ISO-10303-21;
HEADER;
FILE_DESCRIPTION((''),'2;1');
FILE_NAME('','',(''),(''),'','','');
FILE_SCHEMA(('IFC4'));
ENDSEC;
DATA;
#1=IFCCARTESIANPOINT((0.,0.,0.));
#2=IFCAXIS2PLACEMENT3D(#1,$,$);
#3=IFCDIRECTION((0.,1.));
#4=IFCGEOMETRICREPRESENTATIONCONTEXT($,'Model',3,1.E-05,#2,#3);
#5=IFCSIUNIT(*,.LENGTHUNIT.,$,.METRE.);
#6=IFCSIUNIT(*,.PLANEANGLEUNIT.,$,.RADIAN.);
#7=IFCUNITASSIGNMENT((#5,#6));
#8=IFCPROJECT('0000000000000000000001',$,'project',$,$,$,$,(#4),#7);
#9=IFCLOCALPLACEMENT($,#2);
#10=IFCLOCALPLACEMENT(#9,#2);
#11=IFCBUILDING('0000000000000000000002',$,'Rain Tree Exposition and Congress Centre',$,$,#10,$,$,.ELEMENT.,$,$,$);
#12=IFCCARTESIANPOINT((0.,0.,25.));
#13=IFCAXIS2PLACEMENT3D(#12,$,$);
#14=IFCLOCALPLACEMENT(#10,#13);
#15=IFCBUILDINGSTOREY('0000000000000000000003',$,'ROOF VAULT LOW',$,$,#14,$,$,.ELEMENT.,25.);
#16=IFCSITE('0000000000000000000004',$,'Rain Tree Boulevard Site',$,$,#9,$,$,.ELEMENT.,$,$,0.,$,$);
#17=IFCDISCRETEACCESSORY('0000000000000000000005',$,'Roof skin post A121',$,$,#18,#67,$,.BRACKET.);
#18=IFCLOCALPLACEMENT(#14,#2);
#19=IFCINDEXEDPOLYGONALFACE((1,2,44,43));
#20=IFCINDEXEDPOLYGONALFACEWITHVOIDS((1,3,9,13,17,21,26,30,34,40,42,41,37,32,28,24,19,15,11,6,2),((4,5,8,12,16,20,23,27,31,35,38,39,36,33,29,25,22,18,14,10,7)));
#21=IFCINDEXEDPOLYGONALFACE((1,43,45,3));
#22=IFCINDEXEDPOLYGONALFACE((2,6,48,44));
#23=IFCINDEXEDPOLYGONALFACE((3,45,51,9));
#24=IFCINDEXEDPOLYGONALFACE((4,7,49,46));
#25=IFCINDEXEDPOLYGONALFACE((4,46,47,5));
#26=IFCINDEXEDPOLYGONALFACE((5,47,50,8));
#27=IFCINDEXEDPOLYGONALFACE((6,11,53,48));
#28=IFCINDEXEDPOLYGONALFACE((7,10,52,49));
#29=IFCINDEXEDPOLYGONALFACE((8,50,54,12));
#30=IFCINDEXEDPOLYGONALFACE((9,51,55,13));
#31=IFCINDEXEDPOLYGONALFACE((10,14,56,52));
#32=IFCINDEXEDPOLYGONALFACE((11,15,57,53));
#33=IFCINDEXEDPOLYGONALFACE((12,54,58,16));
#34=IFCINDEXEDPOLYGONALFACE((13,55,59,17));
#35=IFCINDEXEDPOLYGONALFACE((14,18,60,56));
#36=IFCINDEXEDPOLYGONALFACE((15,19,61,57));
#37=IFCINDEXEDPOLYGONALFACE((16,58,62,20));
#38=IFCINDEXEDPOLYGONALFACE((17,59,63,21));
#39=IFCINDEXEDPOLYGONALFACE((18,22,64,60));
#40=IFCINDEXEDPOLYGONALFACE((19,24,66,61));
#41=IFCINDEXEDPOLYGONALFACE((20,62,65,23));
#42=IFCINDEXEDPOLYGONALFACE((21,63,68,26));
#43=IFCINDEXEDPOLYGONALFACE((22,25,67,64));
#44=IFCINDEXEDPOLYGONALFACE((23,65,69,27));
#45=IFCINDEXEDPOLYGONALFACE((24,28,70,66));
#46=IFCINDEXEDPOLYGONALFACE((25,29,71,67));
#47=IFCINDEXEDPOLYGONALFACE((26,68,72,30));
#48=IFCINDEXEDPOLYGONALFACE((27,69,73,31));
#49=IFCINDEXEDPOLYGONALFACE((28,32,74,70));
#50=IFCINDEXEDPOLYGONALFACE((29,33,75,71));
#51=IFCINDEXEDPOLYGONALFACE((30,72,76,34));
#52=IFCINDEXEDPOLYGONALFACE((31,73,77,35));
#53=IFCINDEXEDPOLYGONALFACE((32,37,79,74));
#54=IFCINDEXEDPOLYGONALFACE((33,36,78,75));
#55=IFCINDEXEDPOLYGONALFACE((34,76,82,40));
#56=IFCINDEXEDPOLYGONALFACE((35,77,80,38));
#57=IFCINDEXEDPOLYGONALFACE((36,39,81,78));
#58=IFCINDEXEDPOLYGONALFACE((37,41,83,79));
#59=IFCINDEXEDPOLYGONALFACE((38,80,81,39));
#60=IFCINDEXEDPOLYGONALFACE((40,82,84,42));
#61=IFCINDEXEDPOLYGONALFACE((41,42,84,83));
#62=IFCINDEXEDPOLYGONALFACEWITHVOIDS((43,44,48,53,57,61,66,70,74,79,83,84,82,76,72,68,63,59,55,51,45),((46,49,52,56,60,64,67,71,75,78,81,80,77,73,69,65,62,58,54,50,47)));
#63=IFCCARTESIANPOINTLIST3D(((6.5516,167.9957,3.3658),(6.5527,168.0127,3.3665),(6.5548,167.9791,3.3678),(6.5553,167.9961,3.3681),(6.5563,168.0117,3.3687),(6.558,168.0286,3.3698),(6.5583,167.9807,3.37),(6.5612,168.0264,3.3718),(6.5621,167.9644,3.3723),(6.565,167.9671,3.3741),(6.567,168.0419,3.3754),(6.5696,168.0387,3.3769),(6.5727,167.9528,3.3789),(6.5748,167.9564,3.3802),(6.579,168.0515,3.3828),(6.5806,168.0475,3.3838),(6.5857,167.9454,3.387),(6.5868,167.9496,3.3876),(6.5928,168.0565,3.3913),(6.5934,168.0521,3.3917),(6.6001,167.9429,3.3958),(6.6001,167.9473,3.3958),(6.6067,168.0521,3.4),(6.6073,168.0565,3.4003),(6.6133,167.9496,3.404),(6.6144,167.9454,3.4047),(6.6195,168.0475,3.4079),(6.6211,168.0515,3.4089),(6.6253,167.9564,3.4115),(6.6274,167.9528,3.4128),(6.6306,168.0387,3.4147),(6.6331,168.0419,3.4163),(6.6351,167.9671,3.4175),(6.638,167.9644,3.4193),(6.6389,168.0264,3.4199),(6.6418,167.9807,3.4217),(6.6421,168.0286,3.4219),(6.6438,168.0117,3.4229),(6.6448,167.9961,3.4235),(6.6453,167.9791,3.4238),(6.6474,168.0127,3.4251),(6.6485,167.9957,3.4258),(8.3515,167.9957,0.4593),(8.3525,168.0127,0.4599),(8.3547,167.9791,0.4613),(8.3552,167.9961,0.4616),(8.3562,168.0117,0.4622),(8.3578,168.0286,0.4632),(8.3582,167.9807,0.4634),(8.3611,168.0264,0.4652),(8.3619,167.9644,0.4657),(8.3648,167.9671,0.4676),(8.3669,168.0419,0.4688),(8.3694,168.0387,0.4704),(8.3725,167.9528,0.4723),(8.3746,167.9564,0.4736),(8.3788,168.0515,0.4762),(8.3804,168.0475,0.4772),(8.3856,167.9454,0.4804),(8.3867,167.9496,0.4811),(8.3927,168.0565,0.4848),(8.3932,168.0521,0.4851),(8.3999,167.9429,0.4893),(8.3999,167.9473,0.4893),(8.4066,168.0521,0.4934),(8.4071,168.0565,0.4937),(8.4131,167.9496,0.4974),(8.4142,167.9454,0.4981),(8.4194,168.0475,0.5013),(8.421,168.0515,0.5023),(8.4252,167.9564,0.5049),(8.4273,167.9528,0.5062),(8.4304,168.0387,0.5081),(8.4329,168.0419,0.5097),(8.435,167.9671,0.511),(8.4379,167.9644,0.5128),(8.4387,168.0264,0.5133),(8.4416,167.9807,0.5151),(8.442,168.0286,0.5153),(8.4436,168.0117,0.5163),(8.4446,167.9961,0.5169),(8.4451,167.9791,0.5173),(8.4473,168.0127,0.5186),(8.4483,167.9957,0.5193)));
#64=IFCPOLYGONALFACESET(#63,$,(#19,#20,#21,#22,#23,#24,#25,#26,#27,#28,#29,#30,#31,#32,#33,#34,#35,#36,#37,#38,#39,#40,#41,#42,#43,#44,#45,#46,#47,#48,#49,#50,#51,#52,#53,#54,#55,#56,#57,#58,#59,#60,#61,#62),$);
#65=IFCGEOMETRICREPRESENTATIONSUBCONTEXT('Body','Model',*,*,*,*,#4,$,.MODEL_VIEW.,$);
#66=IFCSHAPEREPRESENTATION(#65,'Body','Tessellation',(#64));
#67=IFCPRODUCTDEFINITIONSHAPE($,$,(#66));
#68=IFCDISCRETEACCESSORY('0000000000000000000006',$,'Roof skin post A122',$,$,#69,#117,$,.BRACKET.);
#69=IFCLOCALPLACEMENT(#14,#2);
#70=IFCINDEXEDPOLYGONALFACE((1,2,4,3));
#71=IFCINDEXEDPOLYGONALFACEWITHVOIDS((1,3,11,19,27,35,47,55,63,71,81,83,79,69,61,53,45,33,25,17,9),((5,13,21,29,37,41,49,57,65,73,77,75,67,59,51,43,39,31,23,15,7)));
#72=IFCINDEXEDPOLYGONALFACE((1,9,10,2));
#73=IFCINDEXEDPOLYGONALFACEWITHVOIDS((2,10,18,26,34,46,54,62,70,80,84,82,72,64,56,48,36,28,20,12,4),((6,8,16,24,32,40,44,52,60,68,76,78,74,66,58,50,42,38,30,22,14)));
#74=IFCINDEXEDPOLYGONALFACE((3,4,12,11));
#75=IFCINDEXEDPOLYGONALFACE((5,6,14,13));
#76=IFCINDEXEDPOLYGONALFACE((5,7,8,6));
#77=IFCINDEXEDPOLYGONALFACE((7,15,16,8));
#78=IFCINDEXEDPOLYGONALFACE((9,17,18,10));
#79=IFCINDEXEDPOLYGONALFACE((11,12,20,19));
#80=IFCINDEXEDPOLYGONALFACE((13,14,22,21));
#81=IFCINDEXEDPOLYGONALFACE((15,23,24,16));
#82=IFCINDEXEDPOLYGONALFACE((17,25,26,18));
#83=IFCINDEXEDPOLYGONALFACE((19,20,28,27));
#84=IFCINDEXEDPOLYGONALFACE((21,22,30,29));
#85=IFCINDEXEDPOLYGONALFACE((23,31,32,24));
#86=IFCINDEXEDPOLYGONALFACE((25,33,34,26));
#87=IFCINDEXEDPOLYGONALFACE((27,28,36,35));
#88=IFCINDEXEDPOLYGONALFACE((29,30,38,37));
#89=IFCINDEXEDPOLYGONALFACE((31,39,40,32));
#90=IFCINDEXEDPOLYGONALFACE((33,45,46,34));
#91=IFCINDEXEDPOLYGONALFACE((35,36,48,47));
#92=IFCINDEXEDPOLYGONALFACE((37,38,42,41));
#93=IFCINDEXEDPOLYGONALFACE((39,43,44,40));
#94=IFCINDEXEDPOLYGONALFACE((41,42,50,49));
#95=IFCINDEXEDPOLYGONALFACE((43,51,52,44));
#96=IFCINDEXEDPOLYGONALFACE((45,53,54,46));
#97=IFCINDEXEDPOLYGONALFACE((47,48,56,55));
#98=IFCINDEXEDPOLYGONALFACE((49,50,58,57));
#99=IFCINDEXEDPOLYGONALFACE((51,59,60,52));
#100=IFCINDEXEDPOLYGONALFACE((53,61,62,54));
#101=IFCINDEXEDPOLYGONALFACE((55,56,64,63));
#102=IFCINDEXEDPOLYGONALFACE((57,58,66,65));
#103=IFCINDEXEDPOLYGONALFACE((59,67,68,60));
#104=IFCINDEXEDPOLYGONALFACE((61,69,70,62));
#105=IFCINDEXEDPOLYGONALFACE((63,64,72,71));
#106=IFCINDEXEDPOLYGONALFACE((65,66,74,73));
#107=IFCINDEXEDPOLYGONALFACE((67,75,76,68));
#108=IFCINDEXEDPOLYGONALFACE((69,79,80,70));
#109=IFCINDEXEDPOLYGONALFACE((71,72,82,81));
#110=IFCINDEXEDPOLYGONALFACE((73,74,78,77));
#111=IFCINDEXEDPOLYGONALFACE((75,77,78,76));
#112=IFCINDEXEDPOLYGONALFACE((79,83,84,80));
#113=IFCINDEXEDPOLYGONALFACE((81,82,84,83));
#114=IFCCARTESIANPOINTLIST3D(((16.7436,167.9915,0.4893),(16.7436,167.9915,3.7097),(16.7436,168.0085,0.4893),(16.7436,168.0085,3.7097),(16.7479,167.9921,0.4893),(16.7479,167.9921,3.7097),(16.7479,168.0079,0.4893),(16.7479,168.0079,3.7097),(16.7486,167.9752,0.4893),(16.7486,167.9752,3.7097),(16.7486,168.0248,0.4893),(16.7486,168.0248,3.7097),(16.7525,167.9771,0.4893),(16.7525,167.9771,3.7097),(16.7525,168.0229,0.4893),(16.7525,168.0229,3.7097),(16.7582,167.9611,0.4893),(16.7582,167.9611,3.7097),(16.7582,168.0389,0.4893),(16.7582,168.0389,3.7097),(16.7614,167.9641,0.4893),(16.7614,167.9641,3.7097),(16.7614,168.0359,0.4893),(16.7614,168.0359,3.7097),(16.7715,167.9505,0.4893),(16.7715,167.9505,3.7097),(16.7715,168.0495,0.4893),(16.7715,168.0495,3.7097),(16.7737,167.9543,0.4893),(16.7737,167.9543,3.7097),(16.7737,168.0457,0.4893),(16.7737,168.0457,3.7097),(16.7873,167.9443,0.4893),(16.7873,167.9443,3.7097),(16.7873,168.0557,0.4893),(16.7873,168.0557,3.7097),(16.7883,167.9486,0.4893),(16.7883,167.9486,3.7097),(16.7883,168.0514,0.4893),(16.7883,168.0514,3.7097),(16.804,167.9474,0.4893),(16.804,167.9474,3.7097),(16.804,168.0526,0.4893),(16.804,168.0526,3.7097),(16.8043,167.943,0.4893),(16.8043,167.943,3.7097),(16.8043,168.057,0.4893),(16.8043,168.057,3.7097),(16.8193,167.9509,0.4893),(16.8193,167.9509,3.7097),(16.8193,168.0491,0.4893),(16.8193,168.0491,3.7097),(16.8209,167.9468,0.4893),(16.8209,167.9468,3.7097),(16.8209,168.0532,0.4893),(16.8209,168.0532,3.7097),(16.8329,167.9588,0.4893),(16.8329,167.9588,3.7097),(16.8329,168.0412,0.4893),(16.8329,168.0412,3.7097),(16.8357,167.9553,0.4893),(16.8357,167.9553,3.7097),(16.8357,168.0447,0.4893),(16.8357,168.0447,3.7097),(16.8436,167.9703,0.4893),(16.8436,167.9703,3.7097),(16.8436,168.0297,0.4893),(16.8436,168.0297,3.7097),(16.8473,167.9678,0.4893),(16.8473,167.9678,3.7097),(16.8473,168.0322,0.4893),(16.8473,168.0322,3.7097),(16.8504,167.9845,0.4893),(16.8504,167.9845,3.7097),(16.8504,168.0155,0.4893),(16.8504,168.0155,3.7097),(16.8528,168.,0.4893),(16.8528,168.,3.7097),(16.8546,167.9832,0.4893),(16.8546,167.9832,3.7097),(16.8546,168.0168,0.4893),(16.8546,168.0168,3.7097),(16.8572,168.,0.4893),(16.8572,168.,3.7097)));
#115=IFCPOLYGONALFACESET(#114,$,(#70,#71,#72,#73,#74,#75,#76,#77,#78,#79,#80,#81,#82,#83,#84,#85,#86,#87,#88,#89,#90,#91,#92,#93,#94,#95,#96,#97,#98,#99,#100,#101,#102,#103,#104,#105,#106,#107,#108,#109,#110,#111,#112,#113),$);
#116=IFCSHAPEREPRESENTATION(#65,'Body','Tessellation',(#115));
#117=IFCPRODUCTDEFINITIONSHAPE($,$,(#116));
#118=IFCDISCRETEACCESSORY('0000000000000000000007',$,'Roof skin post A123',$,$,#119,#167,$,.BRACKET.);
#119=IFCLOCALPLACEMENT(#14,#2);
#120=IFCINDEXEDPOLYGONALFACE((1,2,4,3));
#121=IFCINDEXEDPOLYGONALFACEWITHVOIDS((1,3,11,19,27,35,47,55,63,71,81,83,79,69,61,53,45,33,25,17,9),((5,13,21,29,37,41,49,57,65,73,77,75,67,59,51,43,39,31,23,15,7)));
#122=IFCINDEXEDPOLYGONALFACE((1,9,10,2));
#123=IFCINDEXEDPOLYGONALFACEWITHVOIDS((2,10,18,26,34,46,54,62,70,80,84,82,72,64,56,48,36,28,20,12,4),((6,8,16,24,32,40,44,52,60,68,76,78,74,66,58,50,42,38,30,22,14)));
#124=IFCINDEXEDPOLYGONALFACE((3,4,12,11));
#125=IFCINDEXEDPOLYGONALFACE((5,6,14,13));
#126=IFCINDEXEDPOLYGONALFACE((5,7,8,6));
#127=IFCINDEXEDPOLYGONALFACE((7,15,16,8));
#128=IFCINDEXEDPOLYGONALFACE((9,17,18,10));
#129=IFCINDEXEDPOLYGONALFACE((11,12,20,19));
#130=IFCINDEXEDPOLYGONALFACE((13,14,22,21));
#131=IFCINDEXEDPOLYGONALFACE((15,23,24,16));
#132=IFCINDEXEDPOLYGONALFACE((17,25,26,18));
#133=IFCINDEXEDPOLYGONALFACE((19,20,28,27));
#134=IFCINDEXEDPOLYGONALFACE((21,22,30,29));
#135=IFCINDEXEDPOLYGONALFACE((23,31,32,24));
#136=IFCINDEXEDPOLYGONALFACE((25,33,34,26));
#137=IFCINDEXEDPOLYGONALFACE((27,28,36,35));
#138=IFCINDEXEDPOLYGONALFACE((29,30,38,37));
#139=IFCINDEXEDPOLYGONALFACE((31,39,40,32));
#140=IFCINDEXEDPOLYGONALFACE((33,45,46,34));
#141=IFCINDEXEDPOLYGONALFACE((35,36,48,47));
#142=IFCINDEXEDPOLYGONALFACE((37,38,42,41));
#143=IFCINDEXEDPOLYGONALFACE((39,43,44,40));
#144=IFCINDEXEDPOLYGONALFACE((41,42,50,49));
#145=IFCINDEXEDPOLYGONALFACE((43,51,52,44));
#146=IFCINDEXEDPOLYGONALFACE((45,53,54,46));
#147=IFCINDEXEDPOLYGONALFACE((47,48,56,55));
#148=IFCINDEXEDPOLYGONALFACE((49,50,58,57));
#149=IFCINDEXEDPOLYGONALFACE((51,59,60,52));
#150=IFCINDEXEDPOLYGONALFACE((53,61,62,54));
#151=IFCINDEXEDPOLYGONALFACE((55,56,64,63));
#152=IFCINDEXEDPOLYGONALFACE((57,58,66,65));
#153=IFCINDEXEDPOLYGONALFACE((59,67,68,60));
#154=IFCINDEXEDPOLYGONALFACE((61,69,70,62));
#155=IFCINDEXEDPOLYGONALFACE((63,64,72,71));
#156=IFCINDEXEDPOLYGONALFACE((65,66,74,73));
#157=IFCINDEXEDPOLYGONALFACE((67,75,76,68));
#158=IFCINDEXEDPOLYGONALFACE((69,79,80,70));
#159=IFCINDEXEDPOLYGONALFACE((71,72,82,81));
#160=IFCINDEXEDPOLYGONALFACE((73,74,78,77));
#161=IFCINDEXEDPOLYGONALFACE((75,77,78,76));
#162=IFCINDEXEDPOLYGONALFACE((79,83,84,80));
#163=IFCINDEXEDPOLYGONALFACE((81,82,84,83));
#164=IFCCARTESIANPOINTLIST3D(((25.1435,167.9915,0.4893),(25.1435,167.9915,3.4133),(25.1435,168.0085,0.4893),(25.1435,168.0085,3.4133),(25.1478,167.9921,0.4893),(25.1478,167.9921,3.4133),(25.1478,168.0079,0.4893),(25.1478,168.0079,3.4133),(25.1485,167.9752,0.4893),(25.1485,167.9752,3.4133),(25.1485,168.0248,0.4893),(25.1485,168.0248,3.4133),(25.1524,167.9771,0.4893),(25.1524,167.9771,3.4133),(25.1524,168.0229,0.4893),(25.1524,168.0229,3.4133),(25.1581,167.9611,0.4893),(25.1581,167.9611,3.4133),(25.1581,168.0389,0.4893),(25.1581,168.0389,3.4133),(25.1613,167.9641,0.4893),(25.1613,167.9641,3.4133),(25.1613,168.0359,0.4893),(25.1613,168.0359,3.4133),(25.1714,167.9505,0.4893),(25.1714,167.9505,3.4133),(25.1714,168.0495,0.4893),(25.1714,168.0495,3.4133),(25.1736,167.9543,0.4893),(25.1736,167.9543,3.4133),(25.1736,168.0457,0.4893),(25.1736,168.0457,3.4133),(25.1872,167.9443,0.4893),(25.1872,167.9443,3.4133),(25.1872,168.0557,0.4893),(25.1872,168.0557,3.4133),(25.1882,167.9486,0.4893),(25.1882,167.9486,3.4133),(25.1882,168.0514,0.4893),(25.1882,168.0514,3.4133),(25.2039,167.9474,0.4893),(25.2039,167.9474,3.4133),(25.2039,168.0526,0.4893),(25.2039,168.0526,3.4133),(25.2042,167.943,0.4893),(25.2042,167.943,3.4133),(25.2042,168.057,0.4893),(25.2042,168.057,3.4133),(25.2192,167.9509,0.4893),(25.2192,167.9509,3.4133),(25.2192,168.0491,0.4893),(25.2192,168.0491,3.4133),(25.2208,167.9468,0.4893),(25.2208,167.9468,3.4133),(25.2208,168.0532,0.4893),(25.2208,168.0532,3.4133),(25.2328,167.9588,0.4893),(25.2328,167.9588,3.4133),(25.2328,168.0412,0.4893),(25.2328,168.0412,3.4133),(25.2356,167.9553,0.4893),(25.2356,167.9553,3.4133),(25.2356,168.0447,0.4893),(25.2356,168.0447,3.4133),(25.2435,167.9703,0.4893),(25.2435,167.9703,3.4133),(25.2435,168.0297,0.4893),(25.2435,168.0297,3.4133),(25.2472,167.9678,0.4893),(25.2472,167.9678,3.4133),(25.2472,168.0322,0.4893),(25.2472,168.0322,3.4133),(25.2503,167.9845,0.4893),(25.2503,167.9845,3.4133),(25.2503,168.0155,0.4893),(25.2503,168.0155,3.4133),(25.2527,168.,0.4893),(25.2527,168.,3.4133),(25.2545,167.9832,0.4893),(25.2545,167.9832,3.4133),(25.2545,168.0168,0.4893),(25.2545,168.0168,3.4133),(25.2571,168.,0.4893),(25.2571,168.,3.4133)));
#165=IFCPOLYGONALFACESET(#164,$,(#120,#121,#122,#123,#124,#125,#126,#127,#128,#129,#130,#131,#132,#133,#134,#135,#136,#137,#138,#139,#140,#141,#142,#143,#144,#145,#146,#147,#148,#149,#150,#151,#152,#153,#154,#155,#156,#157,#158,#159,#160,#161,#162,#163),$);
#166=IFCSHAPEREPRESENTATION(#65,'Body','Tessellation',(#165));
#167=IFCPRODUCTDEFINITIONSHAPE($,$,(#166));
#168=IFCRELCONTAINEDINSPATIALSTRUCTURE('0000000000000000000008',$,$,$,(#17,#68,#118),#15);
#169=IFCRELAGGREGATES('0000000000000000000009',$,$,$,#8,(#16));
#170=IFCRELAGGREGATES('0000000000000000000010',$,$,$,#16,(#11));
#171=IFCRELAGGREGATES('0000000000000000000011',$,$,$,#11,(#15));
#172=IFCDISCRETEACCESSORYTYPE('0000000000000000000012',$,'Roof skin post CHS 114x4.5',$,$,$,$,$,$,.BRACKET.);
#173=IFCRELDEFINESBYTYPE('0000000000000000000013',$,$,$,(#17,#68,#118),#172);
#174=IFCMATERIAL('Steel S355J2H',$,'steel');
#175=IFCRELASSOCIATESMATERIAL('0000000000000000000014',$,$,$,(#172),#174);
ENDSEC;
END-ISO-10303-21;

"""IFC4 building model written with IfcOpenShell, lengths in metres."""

from ifc_helpers import new_model, si_unit, direction, frame, origin, origin_2d, place, context, subcontext, project, spatial, hollow_circle, extrude, material, material_profile, profile_set, type_object, element, save


model = new_model("IFC4")

# Units and contexts
model_context = context("Model", 3, precision=1e-05, world=origin(), true_north=direction((0.0, 1.0)))
body_context = subcontext(model_context, "Body", "Model", "MODEL_VIEW")
ifc_project = project(units=[si_unit("LENGTHUNIT", "METRE"), si_unit("PLANEANGLEUNIT", "RADIAN")], contexts=[model_context])

# Site, building, storey
site_placement = place(None, origin())
site = spatial("IfcSite", under=ifc_project, at=site_placement, Name="Rain Tree Boulevard Site", CompositionType="ELEMENT", RefElevation=0.0)
building_placement = place(site_placement, origin())
building = spatial("IfcBuilding", under=site, at=building_placement, Name="Rain Tree Exposition and Congress Centre", CompositionType="ELEMENT")
storey_placement = place(building_placement, frame((0.0, 0.0, 25.0)))
storey = spatial("IfcBuildingStorey", under=building, at=storey_placement, Name="ROOF VAULT LOW", CompositionType="ELEMENT", Elevation=25.0)

# Discrete accessories
ifc_material_1 = material(Name="Steel S355J2H", Category="steel")
ifc_material_profile_1 = material_profile(ifc_material_1, hollow_circle(Radius=0.0571, WallThickness=0.0044, at=origin_2d()), Name="CHS 114x4.5")
ifc_profile_set_1 = profile_set([ifc_material_profile_1], Name="Steel S355J2H")
discrete_accessory_type = type_object("IfcDiscreteAccessoryType", Name="Roof skin post CHS 114x4.5", PredefinedType="BRACKET", material=ifc_profile_set_1)
discrete_accessory_1_placement = place(storey_placement, frame((8.3999, 168.0, 0.4893), z_axis=(-0.52647, 0.0, 0.850194), x_axis=(0.0, -1.0, 0.0)))
element("IfcDiscreteAccessory", 1, at=discrete_accessory_1_placement, inside=storey, type_object=discrete_accessory_type, Name="Roof skin post A121", PredefinedType="BRACKET", context=body_context, shape_type="SweptSolid", body=[
    extrude(hollow_circle(Radius=0.0571, WallThickness=0.0044, at=origin_2d()), origin(), (0.0, 0.0, 1.0), 3.4187),
])
discrete_accessory_2_placement = place(storey_placement, frame((16.8, 168.0, 0.4893), z_axis=(0.0, 0.0, 1.0), x_axis=(1.0, 0.0, 0.0)))
element("IfcDiscreteAccessory", 2, at=discrete_accessory_2_placement, inside=storey, type_object=discrete_accessory_type, Name="Roof skin post A122", PredefinedType="BRACKET", context=body_context, shape_type="SweptSolid", body=[
    extrude(hollow_circle(Radius=0.0571, WallThickness=0.0044, at=origin_2d()), origin(), (0.0, 0.0, 1.0), 3.2205),
])
discrete_accessory_3_placement = place(storey_placement, frame((25.2, 168.0, 0.4893), z_axis=(0.0, 0.0, 1.0), x_axis=(1.0, 0.0, 0.0)))
element("IfcDiscreteAccessory", 3, at=discrete_accessory_3_placement, inside=storey, type_object=discrete_accessory_type, Name="Roof skin post A123", PredefinedType="BRACKET", context=body_context, shape_type="SweptSolid", body=[
    extrude(hollow_circle(Radius=0.0571, WallThickness=0.0044, at=origin_2d()), origin(), (0.0, 0.0, 1.0), 2.9241),
])

save(model, "model.ifc")
